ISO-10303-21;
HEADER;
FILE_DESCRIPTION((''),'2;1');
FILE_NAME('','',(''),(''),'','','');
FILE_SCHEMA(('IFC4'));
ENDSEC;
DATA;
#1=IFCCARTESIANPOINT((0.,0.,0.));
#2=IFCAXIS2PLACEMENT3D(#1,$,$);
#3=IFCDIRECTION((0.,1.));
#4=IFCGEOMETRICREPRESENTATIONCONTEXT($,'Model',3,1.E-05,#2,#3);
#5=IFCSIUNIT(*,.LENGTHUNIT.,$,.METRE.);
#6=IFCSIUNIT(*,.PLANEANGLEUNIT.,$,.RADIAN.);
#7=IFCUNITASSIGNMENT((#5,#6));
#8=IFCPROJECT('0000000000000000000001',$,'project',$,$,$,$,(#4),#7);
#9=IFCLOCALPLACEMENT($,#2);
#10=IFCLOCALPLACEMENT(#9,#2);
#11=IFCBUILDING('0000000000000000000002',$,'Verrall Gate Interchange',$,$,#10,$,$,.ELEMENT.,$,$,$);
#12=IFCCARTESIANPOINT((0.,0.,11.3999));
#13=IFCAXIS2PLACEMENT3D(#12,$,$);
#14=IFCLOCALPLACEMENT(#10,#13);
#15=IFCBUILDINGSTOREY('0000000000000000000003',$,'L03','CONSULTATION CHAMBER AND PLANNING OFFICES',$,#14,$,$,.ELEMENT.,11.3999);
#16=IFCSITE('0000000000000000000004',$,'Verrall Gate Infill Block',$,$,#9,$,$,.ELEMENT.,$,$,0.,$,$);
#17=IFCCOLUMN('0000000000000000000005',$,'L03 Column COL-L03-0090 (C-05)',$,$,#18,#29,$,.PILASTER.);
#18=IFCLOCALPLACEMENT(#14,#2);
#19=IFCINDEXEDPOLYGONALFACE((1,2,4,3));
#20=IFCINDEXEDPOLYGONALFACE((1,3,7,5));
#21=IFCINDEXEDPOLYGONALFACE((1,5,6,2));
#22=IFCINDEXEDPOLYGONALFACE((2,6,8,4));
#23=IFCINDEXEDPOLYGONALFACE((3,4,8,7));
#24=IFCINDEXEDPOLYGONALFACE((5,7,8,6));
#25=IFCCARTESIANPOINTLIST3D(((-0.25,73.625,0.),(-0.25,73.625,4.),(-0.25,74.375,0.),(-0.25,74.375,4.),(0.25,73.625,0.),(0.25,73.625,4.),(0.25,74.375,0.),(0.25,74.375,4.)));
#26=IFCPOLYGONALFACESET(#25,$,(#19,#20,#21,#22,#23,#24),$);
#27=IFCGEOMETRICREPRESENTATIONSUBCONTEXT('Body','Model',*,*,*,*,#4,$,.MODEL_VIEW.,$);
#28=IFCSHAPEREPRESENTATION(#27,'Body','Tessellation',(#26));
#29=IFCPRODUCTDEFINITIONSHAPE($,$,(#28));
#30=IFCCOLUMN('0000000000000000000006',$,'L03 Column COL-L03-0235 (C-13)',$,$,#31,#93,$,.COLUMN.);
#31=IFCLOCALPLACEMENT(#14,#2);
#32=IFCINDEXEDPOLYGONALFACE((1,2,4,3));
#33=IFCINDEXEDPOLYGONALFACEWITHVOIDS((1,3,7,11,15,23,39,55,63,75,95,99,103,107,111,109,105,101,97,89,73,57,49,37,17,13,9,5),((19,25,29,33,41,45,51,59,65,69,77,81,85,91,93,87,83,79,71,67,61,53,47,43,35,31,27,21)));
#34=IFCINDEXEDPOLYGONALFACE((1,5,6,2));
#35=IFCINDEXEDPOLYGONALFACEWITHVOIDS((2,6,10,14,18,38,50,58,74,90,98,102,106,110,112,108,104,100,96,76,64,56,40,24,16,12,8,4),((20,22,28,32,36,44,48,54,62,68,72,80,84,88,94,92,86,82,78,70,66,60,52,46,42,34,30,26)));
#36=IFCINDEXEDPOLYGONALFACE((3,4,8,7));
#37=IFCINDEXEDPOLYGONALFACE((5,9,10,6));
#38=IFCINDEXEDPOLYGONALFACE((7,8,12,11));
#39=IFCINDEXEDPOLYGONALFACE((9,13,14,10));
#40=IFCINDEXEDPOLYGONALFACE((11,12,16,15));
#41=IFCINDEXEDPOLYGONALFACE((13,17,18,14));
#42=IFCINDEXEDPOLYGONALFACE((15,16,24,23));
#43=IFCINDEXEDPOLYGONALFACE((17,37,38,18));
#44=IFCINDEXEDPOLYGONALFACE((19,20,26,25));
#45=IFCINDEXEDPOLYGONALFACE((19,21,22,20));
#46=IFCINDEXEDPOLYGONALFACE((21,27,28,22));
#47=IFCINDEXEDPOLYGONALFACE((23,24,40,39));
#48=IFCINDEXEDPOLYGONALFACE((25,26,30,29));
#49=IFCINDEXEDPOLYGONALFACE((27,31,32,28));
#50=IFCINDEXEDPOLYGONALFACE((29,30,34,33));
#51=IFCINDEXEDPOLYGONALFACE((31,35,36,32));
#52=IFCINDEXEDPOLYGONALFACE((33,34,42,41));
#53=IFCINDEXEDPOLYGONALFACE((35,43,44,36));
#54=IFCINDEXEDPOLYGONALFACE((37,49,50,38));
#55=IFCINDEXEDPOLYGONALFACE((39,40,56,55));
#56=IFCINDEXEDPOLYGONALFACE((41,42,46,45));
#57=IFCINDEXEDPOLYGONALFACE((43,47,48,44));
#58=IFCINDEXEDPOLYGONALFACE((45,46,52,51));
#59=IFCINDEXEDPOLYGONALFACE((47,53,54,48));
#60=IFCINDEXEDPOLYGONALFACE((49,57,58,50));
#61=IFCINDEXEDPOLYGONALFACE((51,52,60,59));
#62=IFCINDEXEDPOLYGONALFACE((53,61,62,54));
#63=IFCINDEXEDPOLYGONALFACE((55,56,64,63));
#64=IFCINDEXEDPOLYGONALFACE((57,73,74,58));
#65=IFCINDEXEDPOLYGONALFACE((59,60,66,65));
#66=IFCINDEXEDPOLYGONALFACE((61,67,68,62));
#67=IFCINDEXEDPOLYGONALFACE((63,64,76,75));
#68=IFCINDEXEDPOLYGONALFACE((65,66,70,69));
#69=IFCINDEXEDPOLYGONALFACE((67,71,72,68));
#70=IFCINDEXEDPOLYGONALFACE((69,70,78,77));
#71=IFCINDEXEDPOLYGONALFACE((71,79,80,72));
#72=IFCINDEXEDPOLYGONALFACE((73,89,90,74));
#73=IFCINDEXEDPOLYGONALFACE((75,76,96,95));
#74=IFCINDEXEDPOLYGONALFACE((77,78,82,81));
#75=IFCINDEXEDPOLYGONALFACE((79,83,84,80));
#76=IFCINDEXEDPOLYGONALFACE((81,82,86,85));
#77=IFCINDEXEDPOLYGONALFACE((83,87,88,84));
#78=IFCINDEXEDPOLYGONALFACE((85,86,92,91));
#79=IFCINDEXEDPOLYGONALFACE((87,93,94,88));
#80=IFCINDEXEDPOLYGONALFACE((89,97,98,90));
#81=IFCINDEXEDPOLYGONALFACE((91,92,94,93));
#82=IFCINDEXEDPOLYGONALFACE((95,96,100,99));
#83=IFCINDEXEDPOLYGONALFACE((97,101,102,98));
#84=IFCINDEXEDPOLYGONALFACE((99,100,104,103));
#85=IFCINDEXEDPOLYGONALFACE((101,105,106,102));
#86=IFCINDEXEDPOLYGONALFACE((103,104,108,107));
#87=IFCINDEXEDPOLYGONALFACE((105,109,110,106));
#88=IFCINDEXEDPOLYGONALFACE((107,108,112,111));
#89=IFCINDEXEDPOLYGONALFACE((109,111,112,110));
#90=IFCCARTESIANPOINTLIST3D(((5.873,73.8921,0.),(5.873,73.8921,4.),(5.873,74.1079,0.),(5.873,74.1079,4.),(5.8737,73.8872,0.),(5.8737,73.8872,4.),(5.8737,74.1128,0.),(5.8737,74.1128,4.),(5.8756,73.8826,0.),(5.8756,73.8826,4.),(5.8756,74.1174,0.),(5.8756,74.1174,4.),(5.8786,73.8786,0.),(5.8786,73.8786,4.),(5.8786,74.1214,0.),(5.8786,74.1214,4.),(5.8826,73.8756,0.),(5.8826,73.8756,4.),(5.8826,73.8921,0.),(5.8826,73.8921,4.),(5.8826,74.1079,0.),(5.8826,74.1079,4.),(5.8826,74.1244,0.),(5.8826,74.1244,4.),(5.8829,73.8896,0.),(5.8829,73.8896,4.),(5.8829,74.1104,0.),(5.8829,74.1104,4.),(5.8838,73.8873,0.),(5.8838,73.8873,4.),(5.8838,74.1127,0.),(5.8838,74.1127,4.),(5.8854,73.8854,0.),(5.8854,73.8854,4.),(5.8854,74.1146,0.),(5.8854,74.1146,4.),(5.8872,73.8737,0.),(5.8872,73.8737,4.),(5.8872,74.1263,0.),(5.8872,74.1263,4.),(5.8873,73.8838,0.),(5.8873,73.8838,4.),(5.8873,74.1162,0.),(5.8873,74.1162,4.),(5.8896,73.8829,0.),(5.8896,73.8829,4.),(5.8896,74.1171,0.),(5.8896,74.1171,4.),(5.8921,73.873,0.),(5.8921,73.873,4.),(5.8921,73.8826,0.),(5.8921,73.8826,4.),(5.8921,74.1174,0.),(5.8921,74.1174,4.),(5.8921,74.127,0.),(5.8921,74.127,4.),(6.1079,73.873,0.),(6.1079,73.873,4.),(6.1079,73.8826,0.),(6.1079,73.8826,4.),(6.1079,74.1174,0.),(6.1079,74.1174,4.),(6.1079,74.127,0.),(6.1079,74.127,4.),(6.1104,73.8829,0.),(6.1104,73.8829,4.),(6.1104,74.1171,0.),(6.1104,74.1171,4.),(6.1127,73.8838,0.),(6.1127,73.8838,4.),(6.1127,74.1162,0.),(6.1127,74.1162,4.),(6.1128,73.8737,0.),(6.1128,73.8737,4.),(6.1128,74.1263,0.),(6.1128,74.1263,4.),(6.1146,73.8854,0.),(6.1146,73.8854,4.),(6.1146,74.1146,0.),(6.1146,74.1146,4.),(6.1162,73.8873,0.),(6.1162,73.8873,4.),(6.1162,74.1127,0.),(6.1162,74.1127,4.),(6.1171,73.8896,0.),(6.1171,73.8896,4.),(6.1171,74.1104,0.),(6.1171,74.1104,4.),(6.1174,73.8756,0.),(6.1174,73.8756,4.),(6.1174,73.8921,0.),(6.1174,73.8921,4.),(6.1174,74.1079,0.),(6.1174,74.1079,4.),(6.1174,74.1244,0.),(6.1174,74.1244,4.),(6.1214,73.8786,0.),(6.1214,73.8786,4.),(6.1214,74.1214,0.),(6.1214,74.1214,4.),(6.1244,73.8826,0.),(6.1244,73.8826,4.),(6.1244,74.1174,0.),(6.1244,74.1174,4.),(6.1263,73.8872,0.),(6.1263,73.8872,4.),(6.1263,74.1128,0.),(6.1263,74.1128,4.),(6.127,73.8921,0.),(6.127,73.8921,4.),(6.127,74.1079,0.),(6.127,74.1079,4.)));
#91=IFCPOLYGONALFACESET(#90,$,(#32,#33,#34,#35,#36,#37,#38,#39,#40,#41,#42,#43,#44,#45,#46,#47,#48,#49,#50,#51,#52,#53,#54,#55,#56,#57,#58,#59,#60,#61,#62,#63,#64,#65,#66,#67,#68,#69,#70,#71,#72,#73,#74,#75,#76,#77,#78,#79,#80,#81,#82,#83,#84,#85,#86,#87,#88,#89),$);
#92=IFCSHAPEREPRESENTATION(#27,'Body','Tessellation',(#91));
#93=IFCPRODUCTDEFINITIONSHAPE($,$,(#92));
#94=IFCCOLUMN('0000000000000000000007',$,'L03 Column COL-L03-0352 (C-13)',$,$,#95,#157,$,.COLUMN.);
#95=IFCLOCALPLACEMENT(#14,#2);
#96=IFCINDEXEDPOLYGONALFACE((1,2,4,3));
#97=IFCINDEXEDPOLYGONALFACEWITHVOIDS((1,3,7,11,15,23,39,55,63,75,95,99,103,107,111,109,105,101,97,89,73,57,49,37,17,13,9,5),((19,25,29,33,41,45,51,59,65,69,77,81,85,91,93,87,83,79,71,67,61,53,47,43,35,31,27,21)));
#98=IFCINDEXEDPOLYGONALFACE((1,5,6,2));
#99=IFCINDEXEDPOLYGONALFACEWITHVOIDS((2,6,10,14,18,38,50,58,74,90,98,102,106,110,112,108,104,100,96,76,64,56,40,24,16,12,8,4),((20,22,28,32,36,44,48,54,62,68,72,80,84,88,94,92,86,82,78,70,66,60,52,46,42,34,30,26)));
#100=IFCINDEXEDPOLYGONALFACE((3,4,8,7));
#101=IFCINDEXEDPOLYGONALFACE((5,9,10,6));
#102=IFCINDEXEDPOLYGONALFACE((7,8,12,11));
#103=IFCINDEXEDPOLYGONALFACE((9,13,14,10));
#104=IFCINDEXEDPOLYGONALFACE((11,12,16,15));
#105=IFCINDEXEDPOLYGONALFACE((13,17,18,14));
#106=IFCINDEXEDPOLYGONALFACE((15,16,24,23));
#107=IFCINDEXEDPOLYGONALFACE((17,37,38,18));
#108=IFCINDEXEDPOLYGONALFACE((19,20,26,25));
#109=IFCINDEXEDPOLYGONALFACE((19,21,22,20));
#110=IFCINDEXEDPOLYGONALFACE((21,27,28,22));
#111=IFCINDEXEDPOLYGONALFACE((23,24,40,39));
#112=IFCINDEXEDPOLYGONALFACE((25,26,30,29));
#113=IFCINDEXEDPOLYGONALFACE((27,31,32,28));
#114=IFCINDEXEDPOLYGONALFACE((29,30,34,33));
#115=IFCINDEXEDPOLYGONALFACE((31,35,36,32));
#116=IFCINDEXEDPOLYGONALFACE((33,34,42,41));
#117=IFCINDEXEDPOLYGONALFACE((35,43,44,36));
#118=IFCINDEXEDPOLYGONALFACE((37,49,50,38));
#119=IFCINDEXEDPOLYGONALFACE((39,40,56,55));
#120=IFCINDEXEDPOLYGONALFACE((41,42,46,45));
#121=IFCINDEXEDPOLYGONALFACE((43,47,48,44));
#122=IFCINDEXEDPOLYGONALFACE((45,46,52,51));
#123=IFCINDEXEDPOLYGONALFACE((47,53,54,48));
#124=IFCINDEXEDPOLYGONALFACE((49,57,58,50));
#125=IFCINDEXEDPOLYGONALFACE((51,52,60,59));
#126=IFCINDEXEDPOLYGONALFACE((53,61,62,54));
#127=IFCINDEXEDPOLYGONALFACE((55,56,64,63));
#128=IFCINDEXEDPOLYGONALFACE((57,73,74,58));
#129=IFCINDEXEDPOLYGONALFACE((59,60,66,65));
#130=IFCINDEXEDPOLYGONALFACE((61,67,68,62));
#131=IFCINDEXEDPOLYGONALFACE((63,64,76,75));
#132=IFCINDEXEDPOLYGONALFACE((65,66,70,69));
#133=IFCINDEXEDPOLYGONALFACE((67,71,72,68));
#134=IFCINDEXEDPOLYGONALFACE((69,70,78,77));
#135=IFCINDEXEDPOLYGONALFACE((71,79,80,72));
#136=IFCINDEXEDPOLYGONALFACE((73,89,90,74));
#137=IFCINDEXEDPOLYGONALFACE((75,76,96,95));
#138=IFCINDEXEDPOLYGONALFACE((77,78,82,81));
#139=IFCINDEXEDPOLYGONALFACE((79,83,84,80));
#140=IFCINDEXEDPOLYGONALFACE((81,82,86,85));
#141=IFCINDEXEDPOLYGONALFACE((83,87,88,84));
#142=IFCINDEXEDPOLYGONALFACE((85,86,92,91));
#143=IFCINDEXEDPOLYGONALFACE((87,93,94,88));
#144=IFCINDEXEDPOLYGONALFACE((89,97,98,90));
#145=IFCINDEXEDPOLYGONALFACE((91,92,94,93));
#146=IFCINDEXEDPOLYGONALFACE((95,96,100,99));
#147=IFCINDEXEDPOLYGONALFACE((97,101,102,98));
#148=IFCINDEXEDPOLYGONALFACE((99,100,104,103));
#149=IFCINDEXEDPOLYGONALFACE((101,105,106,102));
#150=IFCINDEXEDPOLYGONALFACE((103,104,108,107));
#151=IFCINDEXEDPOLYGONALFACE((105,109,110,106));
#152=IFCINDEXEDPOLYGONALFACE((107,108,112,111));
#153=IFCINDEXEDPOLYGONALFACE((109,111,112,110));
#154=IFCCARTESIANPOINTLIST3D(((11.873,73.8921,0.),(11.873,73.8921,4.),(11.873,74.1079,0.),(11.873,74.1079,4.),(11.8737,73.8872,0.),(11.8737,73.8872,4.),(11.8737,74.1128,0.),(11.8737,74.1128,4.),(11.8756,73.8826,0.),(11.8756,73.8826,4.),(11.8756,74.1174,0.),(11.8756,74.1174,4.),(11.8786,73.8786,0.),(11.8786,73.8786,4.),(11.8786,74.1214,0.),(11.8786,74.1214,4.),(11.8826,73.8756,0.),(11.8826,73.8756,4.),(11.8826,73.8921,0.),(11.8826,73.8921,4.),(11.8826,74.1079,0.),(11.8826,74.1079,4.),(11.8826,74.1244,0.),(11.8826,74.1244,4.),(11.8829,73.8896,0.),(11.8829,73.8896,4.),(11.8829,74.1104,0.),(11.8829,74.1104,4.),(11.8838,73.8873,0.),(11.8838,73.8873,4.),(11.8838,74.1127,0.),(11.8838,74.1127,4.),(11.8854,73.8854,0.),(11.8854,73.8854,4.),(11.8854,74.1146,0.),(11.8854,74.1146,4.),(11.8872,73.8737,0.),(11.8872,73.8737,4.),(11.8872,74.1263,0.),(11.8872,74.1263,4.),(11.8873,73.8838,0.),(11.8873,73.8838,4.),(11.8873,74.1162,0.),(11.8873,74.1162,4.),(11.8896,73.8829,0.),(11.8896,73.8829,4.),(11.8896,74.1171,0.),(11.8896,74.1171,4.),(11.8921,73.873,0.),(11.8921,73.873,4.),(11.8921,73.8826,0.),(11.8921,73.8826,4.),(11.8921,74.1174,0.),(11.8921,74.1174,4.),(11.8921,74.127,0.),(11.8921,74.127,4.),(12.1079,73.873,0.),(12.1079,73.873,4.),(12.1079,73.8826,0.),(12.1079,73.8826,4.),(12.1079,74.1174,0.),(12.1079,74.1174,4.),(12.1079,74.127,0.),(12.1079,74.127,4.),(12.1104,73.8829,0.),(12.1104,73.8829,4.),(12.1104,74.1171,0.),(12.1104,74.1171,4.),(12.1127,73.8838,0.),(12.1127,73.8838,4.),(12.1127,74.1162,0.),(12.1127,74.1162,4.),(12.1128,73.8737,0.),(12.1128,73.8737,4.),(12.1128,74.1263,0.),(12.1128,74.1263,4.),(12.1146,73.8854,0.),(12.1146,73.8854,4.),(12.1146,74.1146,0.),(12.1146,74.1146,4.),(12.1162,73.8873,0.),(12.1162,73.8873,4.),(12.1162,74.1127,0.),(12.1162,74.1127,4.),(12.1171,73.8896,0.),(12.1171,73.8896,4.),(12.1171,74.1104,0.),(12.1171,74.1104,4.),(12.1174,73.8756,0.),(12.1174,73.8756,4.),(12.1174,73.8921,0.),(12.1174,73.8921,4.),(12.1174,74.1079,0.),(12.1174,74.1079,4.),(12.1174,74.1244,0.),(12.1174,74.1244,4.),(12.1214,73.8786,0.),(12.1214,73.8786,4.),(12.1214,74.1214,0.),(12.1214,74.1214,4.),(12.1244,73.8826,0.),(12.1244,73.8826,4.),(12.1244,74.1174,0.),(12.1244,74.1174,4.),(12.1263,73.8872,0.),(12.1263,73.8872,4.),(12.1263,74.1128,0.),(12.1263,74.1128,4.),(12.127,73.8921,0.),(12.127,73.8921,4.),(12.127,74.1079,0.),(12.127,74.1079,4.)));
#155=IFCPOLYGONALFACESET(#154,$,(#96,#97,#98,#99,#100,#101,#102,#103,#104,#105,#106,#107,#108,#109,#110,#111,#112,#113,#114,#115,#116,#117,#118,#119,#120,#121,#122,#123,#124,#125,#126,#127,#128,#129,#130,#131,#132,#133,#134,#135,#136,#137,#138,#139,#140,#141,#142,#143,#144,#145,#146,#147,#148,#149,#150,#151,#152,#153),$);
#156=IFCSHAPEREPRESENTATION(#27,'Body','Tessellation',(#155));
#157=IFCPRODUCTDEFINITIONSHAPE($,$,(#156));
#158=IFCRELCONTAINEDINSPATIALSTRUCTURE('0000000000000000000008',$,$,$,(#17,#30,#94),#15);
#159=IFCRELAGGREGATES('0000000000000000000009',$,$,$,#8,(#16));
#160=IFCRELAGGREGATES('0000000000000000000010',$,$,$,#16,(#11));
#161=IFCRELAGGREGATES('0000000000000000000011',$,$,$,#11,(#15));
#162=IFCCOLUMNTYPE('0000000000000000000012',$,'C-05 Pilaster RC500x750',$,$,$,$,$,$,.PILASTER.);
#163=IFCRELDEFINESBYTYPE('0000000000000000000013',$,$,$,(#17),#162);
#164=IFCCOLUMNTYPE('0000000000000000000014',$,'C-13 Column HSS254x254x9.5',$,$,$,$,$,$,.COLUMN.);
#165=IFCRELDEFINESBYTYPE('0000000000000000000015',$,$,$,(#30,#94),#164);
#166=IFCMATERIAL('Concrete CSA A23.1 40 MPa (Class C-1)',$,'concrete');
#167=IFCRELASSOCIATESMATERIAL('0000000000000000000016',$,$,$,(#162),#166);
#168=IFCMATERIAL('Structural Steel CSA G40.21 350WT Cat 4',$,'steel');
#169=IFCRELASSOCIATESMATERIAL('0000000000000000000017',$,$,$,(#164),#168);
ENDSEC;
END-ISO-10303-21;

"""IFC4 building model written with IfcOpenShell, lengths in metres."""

from ifc_helpers import new_model, si_unit, direction, frame, origin, origin_2d, place, context, subcontext, project, spatial, rectangle, hollow_rectangle, extrude, material, material_profile, profile_set, type_object, element, save


model = new_model("IFC4")

# Units and contexts
model_context = context("Model", 3, precision=1e-05, world=origin(), true_north=direction((0.0, 1.0)))
body_context = subcontext(model_context, "Body", "Model", "MODEL_VIEW")
ifc_project = project(units=[si_unit("LENGTHUNIT", "METRE"), si_unit("PLANEANGLEUNIT", "RADIAN")], contexts=[model_context])

# Site, building, storey
site_placement = place(None, origin())
site = spatial("IfcSite", under=ifc_project, at=site_placement, Name="Verrall Gate Infill Block", CompositionType="ELEMENT", RefElevation=0.0)
building_placement = place(site_placement, origin())
building = spatial("IfcBuilding", under=site, at=building_placement, Name="Verrall Gate Interchange", CompositionType="ELEMENT")
storey_placement = place(building_placement, frame((0.0, 0.0, 11.3999)))
storey = spatial("IfcBuildingStorey", under=building, at=storey_placement, Name="L03", Description="CONSULTATION CHAMBER AND PLANNING OFFICES", CompositionType="ELEMENT", Elevation=11.3999)

# Columns
ifc_material_1 = material(Name="Concrete CSA A23.1 40 MPa (Class C-1)", Category="concrete")
ifc_material_profile_1 = material_profile(ifc_material_1, rectangle(XDim=0.5, YDim=0.75, at=origin_2d()), Name="RC500x750")
ifc_profile_set_1 = profile_set([ifc_material_profile_1], Name="Concrete CSA A23.1 40 MPa (Class C-1)")
column_type_1 = type_object("IfcColumnType", Name="C-05 Pilaster RC500x750", PredefinedType="PILASTER", material=ifc_profile_set_1)
column_placement = place(storey_placement, frame((0.0, 74.0, 0.0), z_axis=(0.0, 0.0, 1.0), x_axis=(1.0, 0.0, 0.0)))
element("IfcColumn", 1, at=column_placement, inside=storey, type_object=column_type_1, Name="L03 Column COL-L03-0090 (C-05)", PredefinedType="PILASTER", context=body_context, shape_type="SweptSolid", body=[
    extrude(rectangle(XDim=0.5, YDim=0.75, at=origin_2d()), origin(), (0.0, 0.0, 1.0), 4.0),
])
ifc_material_2 = material(Name="Structural Steel CSA G40.21 350WT Cat 4", Category="steel")
ifc_material_profile_2 = material_profile(ifc_material_2, hollow_rectangle(XDim=0.2539, YDim=0.2539, WallThickness=0.0095, InnerFilletRadius=0.0095, OuterFilletRadius=0.019, at=origin_2d()), Name="HSS254x254x9.5")
ifc_profile_set_2 = profile_set([ifc_material_profile_2], Name="Structural Steel CSA G40.21 350WT Cat 4")
column_type_2 = type_object("IfcColumnType", Name="C-13 Column HSS254x254x9.5", PredefinedType="COLUMN", material=ifc_profile_set_2)
for number, where, z_axis, x_axis, name in (
    (2, (6.0, 74.0, 0.0), (0.0, 0.0, 1.0), (1.0, 0.0, 0.0), "L03 Column COL-L03-0235 (C-13)"),
    (3, (12.0, 74.0, 0.0), (0.0, 0.0, 1.0), (1.0, 0.0, 0.0), "L03 Column COL-L03-0352 (C-13)"),
):
    element("IfcColumn", number, at=place(storey_placement, frame(where, z_axis=z_axis, x_axis=x_axis)), inside=storey, type_object=column_type_2, Name=name, PredefinedType="COLUMN", context=body_context, shape_type="SweptSolid", body=[
        extrude(hollow_rectangle(XDim=0.2539, YDim=0.2539, WallThickness=0.0095, InnerFilletRadius=0.0095, OuterFilletRadius=0.019, at=origin_2d()), origin(), (0.0, 0.0, 1.0), 4.0),
    ])

save(model, "model.ifc")
